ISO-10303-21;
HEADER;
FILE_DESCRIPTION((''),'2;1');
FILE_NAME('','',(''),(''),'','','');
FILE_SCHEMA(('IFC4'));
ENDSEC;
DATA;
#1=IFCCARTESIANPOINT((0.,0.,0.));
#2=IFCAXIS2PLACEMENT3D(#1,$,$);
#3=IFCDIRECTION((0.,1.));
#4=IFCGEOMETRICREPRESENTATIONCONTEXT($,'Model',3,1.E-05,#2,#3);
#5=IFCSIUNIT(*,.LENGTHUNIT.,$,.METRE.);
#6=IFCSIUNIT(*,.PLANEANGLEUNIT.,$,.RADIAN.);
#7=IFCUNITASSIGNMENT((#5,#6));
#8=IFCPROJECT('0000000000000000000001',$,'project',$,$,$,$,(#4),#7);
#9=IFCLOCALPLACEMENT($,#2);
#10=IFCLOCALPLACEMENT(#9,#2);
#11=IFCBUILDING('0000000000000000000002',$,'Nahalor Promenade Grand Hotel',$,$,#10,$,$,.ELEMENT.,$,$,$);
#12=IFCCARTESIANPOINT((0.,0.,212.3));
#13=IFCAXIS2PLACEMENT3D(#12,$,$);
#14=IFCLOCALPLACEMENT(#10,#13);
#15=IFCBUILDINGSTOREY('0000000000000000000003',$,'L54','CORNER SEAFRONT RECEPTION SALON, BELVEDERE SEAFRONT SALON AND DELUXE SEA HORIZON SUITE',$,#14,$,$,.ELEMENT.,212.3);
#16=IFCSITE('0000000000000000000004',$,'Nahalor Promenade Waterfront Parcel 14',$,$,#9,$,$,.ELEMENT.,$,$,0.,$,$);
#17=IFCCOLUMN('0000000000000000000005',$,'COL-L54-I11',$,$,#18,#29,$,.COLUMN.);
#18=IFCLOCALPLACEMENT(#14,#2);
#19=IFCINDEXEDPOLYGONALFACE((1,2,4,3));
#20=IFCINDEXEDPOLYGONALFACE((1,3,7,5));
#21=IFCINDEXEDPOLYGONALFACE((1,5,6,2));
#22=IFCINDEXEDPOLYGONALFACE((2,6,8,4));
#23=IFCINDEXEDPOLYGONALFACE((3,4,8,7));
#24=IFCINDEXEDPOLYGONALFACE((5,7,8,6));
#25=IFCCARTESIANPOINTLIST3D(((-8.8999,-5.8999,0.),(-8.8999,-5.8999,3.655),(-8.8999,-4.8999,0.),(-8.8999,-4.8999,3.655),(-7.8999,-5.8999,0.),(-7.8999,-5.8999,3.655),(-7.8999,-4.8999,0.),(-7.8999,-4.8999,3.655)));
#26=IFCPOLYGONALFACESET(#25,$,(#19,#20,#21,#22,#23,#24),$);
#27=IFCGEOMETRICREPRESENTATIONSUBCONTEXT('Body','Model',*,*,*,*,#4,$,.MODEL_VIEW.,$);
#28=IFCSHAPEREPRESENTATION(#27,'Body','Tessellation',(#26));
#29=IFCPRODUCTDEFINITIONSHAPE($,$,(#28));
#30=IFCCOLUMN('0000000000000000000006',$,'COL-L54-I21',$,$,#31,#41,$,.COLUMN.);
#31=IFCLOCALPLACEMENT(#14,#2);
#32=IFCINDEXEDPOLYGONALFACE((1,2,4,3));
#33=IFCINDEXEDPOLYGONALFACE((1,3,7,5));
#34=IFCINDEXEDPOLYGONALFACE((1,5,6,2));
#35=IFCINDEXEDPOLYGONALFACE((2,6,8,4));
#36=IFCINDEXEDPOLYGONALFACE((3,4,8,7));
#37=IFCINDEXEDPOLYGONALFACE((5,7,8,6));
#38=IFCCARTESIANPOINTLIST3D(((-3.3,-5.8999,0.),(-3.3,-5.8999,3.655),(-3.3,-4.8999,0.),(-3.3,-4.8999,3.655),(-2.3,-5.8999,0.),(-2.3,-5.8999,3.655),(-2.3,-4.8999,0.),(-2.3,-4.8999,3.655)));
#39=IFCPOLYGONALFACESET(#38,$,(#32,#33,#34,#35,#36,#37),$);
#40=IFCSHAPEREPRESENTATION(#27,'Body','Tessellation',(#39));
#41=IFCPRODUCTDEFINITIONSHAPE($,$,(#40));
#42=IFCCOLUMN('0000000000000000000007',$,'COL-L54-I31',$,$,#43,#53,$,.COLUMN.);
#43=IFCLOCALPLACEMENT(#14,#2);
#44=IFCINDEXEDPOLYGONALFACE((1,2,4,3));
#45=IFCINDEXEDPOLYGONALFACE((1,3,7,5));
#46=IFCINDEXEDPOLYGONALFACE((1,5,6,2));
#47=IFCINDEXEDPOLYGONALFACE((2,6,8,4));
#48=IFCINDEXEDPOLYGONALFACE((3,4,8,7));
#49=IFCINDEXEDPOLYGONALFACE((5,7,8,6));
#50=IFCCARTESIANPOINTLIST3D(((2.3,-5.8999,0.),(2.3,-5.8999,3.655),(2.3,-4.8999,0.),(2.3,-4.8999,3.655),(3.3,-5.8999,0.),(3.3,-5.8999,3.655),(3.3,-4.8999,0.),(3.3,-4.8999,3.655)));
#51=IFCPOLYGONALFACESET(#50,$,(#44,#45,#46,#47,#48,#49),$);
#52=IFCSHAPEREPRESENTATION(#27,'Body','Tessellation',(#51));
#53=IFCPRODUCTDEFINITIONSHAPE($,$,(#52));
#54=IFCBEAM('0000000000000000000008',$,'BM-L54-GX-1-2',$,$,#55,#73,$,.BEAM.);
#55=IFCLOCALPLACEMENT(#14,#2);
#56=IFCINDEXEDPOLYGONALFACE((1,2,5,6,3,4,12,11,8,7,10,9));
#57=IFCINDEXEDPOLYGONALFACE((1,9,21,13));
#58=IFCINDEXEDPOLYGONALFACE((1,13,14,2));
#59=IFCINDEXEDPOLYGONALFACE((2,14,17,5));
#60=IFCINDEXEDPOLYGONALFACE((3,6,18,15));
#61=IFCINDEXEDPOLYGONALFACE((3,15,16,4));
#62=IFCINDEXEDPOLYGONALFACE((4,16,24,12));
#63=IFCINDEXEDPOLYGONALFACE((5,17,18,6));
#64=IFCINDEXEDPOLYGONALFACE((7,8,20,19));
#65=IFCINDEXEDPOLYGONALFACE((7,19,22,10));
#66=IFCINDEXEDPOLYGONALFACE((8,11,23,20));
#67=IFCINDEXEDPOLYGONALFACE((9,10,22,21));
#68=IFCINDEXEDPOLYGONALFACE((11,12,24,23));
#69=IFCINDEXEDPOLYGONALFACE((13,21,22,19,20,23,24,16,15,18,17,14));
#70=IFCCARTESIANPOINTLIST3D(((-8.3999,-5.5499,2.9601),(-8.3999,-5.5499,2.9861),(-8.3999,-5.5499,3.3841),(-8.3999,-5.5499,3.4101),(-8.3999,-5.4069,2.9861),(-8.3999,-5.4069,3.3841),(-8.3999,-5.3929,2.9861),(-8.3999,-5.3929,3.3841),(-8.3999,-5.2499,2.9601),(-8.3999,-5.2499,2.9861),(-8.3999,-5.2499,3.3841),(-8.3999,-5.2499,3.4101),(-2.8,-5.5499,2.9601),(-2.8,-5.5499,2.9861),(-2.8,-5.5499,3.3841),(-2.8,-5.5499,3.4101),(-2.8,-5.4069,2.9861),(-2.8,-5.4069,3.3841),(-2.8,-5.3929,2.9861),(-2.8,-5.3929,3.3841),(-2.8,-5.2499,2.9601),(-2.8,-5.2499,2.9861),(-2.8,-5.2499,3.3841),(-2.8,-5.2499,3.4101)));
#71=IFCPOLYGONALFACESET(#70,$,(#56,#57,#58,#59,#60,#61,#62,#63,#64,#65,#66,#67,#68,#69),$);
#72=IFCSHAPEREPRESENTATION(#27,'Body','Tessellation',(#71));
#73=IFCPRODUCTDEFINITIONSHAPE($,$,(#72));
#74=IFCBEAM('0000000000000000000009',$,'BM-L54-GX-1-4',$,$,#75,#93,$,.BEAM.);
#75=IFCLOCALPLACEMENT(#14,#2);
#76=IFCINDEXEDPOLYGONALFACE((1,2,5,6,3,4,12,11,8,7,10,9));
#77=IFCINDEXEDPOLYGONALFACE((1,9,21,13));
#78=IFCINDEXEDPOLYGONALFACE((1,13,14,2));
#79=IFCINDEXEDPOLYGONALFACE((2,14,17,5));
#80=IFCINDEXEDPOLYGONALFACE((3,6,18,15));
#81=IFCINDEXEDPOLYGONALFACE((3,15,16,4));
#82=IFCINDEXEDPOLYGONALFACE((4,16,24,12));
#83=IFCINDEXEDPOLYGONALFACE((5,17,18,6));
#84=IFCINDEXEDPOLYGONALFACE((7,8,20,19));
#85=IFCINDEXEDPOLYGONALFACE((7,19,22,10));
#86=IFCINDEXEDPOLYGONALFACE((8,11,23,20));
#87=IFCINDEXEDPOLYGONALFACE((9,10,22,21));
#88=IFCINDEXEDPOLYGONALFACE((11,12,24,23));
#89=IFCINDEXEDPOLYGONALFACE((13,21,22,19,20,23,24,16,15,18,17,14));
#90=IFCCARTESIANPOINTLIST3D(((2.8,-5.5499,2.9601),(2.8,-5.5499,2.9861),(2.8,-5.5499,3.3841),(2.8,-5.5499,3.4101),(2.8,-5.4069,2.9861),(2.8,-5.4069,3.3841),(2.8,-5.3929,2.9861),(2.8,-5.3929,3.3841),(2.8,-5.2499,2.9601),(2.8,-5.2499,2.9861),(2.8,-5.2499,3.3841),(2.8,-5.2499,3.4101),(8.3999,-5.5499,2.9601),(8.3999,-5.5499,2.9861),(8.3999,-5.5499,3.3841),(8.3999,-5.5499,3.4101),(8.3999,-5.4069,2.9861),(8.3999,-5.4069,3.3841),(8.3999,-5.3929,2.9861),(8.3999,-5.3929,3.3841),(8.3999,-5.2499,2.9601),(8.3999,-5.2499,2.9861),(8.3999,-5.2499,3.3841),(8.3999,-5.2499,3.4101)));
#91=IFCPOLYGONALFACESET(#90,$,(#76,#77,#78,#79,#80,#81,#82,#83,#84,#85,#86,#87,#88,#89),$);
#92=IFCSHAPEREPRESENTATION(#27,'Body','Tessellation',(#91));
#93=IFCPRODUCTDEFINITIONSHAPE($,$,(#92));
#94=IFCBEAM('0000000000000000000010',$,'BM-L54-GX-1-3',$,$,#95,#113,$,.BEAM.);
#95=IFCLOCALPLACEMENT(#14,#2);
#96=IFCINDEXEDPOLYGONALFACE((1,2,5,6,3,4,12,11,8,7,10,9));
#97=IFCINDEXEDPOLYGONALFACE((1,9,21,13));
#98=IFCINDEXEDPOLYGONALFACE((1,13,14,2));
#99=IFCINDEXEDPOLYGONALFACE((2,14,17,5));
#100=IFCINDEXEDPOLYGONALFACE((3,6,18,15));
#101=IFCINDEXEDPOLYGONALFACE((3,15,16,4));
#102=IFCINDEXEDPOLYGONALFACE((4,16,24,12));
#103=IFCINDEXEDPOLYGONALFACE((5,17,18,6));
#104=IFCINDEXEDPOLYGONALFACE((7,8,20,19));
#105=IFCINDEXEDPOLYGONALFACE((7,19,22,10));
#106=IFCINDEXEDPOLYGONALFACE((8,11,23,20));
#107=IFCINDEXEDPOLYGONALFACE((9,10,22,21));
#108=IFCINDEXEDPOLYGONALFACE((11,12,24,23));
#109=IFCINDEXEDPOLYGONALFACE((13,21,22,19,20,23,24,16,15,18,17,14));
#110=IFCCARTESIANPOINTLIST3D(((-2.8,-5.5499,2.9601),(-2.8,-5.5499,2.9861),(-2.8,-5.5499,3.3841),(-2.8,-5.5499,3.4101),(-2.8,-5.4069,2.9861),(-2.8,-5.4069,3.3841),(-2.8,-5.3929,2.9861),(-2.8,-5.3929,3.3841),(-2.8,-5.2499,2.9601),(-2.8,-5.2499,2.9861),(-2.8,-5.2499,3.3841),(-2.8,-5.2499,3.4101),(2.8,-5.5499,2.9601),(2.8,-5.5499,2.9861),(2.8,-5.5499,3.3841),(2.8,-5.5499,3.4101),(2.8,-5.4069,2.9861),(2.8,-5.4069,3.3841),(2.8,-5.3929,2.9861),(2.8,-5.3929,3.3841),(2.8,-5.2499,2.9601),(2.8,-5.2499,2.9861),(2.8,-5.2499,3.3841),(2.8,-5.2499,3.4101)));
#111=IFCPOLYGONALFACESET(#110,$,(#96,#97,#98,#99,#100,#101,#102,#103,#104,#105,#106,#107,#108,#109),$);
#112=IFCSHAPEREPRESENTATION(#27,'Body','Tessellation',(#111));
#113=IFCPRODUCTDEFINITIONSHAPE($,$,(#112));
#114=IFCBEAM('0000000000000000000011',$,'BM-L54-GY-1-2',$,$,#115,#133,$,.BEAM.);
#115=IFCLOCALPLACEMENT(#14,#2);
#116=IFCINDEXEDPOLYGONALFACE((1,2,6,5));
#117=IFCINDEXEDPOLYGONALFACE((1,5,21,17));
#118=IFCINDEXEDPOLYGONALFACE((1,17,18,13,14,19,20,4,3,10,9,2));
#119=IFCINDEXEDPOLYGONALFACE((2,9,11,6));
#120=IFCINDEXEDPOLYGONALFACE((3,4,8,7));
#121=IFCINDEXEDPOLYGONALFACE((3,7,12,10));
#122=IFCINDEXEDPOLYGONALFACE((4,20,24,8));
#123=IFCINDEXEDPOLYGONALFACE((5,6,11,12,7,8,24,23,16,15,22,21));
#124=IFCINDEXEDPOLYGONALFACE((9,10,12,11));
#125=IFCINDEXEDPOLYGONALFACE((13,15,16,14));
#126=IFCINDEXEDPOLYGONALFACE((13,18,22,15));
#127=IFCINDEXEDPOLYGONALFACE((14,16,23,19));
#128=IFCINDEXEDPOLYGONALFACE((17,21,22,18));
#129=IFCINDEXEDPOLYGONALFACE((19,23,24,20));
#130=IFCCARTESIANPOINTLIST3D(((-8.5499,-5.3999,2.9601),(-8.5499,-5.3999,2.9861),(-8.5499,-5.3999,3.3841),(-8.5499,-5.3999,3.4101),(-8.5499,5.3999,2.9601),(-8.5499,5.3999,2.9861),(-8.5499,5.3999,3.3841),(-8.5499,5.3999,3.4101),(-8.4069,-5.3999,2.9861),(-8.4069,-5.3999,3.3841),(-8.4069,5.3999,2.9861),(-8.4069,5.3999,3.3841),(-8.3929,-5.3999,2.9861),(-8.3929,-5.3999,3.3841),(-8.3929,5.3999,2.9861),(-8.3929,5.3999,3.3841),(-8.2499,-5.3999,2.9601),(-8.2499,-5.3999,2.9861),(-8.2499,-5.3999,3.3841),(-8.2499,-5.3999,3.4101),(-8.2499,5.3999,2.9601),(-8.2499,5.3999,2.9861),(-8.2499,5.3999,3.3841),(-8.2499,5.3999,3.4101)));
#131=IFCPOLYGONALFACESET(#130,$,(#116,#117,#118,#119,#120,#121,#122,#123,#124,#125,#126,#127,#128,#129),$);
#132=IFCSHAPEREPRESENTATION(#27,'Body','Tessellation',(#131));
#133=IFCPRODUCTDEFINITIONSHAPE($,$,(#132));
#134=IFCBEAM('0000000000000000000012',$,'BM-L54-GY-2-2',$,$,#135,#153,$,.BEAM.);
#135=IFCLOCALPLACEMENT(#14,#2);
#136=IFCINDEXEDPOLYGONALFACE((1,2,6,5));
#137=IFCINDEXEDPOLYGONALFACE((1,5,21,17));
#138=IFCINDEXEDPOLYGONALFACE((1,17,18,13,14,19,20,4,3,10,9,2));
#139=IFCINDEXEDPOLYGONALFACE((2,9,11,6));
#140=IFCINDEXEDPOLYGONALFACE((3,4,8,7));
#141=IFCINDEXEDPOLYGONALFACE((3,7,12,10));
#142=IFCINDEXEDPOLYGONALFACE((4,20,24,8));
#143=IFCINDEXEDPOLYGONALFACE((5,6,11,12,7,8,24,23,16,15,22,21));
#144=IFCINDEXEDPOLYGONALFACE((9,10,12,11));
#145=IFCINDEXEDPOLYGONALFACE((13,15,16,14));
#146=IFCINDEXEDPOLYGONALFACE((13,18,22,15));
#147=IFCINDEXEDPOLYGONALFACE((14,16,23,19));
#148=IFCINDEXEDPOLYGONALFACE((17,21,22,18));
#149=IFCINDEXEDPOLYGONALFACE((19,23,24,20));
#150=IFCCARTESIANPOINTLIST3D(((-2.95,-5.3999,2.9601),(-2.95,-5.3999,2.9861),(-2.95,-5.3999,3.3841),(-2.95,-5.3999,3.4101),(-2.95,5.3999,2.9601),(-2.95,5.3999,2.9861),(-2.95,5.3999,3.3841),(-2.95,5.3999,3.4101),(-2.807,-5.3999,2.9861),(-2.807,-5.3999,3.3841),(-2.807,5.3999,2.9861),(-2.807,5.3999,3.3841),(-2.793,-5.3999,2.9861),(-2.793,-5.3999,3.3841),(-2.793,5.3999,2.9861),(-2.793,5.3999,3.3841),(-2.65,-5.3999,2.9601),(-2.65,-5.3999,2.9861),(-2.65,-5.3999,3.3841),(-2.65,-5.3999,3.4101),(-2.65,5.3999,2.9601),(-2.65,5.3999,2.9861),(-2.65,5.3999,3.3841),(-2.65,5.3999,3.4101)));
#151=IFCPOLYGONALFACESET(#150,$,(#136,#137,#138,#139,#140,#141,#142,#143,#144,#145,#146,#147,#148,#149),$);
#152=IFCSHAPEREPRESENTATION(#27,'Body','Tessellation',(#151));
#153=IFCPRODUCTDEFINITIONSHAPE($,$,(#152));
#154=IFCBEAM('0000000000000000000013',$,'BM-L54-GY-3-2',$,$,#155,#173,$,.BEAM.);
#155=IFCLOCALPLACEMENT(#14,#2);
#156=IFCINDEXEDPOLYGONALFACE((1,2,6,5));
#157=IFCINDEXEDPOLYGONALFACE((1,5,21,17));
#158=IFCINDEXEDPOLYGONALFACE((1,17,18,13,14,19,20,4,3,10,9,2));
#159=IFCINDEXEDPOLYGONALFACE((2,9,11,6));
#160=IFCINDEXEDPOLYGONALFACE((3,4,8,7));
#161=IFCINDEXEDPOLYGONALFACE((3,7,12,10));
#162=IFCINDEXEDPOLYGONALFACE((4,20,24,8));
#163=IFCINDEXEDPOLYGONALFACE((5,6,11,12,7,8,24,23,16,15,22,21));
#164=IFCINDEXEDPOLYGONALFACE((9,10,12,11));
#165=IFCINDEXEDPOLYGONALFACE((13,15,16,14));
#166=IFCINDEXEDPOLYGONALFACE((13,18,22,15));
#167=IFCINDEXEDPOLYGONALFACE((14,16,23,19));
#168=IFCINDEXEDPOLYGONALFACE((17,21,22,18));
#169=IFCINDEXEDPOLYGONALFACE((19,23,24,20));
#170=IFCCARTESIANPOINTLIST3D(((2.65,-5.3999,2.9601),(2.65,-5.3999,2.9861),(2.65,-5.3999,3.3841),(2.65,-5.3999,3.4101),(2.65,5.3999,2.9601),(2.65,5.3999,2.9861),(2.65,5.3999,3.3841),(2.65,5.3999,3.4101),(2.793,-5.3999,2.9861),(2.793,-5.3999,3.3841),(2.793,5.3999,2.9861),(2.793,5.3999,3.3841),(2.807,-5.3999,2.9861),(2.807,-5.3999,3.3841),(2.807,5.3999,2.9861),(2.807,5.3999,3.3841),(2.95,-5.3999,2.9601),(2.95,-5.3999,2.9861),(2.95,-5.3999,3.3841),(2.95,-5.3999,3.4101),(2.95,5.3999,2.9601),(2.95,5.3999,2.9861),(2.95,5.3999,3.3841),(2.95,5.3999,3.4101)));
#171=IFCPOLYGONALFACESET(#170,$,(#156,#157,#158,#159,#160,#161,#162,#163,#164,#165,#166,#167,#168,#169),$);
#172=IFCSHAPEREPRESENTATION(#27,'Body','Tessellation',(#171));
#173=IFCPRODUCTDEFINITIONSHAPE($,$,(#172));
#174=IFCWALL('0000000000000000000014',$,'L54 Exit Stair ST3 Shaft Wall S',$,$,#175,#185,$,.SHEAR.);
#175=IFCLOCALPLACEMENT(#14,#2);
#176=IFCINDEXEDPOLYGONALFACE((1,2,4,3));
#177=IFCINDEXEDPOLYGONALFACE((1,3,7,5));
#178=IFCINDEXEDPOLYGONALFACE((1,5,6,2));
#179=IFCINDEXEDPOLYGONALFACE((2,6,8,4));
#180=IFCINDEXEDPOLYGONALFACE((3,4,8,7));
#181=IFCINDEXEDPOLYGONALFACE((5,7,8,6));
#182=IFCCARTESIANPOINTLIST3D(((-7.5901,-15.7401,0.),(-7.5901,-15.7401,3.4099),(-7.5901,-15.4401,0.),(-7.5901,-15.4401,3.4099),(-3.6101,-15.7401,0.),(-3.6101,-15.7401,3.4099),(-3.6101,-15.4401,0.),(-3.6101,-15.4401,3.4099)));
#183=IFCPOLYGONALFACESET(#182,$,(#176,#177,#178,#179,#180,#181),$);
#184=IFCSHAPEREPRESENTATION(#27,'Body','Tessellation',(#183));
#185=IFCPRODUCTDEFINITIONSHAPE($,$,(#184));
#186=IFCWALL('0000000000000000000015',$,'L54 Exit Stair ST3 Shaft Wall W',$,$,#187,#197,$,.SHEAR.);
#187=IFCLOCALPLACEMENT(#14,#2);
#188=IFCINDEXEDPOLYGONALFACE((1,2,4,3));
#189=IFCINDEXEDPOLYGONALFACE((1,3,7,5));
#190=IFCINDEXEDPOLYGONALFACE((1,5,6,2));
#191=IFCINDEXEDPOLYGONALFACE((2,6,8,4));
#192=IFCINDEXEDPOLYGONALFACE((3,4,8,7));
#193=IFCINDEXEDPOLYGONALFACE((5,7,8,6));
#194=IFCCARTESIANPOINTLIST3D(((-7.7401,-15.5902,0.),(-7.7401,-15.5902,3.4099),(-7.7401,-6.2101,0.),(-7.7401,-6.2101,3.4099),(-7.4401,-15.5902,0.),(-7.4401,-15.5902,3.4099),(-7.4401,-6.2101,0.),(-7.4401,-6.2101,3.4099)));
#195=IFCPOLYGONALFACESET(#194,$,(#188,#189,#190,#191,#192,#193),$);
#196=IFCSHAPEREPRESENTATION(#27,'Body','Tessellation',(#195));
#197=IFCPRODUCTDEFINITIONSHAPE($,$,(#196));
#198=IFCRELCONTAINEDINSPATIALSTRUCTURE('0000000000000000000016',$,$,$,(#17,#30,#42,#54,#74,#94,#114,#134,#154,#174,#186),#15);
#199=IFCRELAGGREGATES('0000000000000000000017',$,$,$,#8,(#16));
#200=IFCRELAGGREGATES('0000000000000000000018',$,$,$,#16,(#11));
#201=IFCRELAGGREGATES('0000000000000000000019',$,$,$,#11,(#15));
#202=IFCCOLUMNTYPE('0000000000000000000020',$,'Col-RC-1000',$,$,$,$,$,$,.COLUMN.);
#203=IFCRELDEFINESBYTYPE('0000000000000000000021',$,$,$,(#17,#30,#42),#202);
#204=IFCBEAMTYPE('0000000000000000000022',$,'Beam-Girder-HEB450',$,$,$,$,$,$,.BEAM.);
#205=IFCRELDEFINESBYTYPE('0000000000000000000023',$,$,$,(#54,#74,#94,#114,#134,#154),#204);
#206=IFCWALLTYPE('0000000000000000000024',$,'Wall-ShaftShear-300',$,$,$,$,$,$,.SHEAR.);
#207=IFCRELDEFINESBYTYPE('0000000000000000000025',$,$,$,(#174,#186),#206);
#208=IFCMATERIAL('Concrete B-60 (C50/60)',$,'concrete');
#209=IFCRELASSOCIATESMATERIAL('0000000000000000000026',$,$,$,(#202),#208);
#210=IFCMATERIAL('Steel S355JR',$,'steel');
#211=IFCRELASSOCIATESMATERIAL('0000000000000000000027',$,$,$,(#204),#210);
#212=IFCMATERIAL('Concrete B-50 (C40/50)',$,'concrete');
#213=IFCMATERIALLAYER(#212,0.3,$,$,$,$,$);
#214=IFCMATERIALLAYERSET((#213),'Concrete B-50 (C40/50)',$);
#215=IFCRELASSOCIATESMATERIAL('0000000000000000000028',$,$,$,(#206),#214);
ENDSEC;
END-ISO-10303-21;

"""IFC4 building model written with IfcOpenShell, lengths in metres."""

from ifc_helpers import new_model, si_unit, direction, frame, frame_2d, origin, origin_2d, place, context, subcontext, project, spatial, rectangle, i_section, extrude, source, transform, mapped, material, layer, layer_set, material_profile, profile_set, type_object, element, save


model = new_model("IFC4")

# Units and contexts
model_context = context("Model", 3, precision=1e-05, world=origin(), true_north=direction((0.0, 1.0)))
body_context = subcontext(model_context, "Body", "Model", "MODEL_VIEW")
ifc_project = project(units=[si_unit("LENGTHUNIT", "METRE"), si_unit("PLANEANGLEUNIT", "RADIAN")], contexts=[model_context])

# Site, building, storey
site_placement = place(None, origin())
site = spatial("IfcSite", under=ifc_project, at=site_placement, Name="Nahalor Promenade Waterfront Parcel 14", CompositionType="ELEMENT", RefElevation=0.0)
building_placement = place(site_placement, origin())
building = spatial("IfcBuilding", under=site, at=building_placement, Name="Nahalor Promenade Grand Hotel", CompositionType="ELEMENT")
storey_placement = place(building_placement, frame((0.0, 0.0, 212.3)))
storey = spatial("IfcBuildingStorey", under=building, at=storey_placement, Name="L54", Description="CORNER SEAFRONT RECEPTION SALON, BELVEDERE SEAFRONT SALON AND DELUXE SEA HORIZON SUITE", CompositionType="ELEMENT", Elevation=212.3)

# Columns
ifc_material_1 = material(Name="Concrete B-60 (C50/60)", Category="concrete")
ifc_material_profile_1 = material_profile(ifc_material_1, rectangle(XDim=1.0, YDim=1.0, at=origin_2d()), Name="RC 1000x1000")
ifc_profile_set_1 = profile_set([ifc_material_profile_1], Name="Concrete B-60 (C50/60)")
column_type = type_object("IfcColumnType", Name="Col-RC-1000", PredefinedType="COLUMN", material=ifc_profile_set_1)
shared_shape_1 = source(origin(), body_context, "Body", "SweptSolid", [
    extrude(rectangle(XDim=1.0, YDim=1.0, at=origin_2d()), origin(), (0.0, 0.0, 1.0), 3.655),
])
for number, where, z_axis, x_axis, name in (
    (1, (-8.3999, -5.3999, 0.0), (0.0, 0.0, 1.0), (1.0, 0.0, 0.0), "COL-L54-I11"),
    (2, (-2.8, -5.3999, 0.0), (0.0, 0.0, 1.0), (1.0, 0.0, 0.0), "COL-L54-I21"),
    (3, (2.8, -5.3999, 0.0), (0.0, 0.0, 1.0), (1.0, 0.0, 0.0), "COL-L54-I31"),
):
    element("IfcColumn", number, at=place(storey_placement, frame(where, z_axis=z_axis, x_axis=x_axis)), inside=storey, type_object=column_type, Name=name, PredefinedType="COLUMN", context=body_context, shape_type="MappedRepresentation", body=[
        mapped(shared_shape_1, transform((0.0, 0.0, 0.0), scale=1.0)),
    ])

# Beams
ifc_material_2 = material(Name="Steel S355JR", Category="steel")
ifc_material_profile_2 = material_profile(ifc_material_2, i_section(OverallWidth=0.3, OverallDepth=0.45, WebThickness=0.014, FlangeThickness=0.026, at=origin_2d()), Name="HEB 450")
ifc_profile_set_2 = profile_set([ifc_material_profile_2], Name="Steel S355JR")
beam_type = type_object("IfcBeamType", Name="Beam-Girder-HEB450", PredefinedType="BEAM", material=ifc_profile_set_2)
shared_shape_2 = source(origin(), body_context, "Body", "SweptSolid", [
    extrude(i_section(OverallWidth=0.3, OverallDepth=0.45, WebThickness=0.014, FlangeThickness=0.026, at=origin_2d()), origin(), (0.0, 0.0, 1.0), 5.5999),
])
for number, where, z_axis, x_axis, name in (
    (4, (-8.3999, -5.3999, 3.1851), (1.0, 0.0, 0.0), (0.0, 1.0, 0.0), "BM-L54-GX-1-2"),
    (5, (2.8, -5.3999, 3.1851), (1.0, 0.0, 0.0), (0.0, 1.0, 0.0), "BM-L54-GX-1-4"),
):
    element("IfcBeam", number, at=place(storey_placement, frame(where, z_axis=z_axis, x_axis=x_axis)), inside=storey, type_object=beam_type, Name=name, PredefinedType="BEAM", context=body_context, shape_type="MappedRepresentation", body=[
        mapped(shared_shape_2, transform((0.0, 0.0, 0.0), scale=1.0)),
    ])
shared_shape_3 = source(origin(), body_context, "Body", "SweptSolid", [
    extrude(i_section(OverallWidth=0.3, OverallDepth=0.45, WebThickness=0.014, FlangeThickness=0.026, at=origin_2d()), origin(), (0.0, 0.0, 1.0), 5.6001),
])
beam_placement = place(storey_placement, frame((-2.8, -5.3999, 3.1851), z_axis=(1.0, 0.0, 0.0), x_axis=(0.0, 1.0, 0.0)))
element("IfcBeam", 6, at=beam_placement, inside=storey, type_object=beam_type, Name="BM-L54-GX-1-3", PredefinedType="BEAM", context=body_context, shape_type="MappedRepresentation", body=[
    mapped(shared_shape_3, transform((0.0, 0.0, 0.0), scale=1.0)),
])
shared_shape_4 = source(origin(), body_context, "Body", "SweptSolid", [
    extrude(i_section(OverallWidth=0.3, OverallDepth=0.45, WebThickness=0.014, FlangeThickness=0.026, at=origin_2d()), origin(), (0.0, 0.0, 1.0), 10.7998),
])
for number, where, z_axis, x_axis, name in (
    (7, (-8.3999, -5.3999, 3.1851), (0.0, 1.0, 0.0), (-1.0, 0.0, 0.0), "BM-L54-GY-1-2"),
    (8, (-2.8, -5.3999, 3.1851), (0.0, 1.0, 0.0), (-1.0, 0.0, 0.0), "BM-L54-GY-2-2"),
    (9, (2.8, -5.3999, 3.1851), (0.0, 1.0, 0.0), (-1.0, 0.0, 0.0), "BM-L54-GY-3-2"),
):
    element("IfcBeam", number, at=place(storey_placement, frame(where, z_axis=z_axis, x_axis=x_axis)), inside=storey, type_object=beam_type, Name=name, PredefinedType="BEAM", context=body_context, shape_type="MappedRepresentation", body=[
        mapped(shared_shape_4, transform((0.0, 0.0, 0.0), scale=1.0)),
    ])

# Wall
ifc_material_3 = material(Name="Concrete B-50 (C40/50)", Category="concrete")
ifc_layer_1 = layer(ifc_material_3, 0.3)
ifc_layer_set_1 = layer_set([ifc_layer_1], Name="Concrete B-50 (C40/50)")
wall_type_1 = type_object("IfcWallType", Name="Wall-ShaftShear-300", PredefinedType="SHEAR", material=ifc_layer_set_1)
shared_shape_5 = source(origin(), body_context, "Body", "SweptSolid", [
    extrude(rectangle(XDim=3.98, YDim=0.3, at=frame_2d((1.99, 0.0))), origin(), (0.0, 0.0, 1.0), 3.4099),
])
wall_1_placement = place(storey_placement, frame((-7.5901, -15.5901, 0.0), z_axis=(0.0, 0.0, 1.0), x_axis=(1.0, 0.0, 0.0)))
element("IfcWall", 10, at=wall_1_placement, inside=storey, type_object=wall_type_1, Name="L54 Exit Stair ST3 Shaft Wall S", PredefinedType="SHEAR", context=body_context, shape_type="MappedRepresentation", body=[
    mapped(shared_shape_5, transform((0.0, 0.0, 0.0), scale=1.0)),
])

# Wall
shared_shape_6 = source(origin(), body_context, "Body", "SweptSolid", [
    extrude(rectangle(XDim=9.3801, YDim=0.3, at=frame_2d((4.6899, 0.0))), origin(), (0.0, 0.0, 1.0), 3.4099),
])
for number, where, z_axis, x_axis, name in (
    (11, (-7.5901, -15.5901, 0.0), (0.0, 0.0, 1.0), (0.0, 1.0, 0.0), "L54 Exit Stair ST3 Shaft Wall W"),
):
    element("IfcWall", number, at=place(storey_placement, frame(where, z_axis=z_axis, x_axis=x_axis)), inside=storey, type_object=wall_type_1, Name=name, PredefinedType="SHEAR", context=body_context, shape_type="MappedRepresentation", body=[
        mapped(shared_shape_6, transform((0.0, 0.0, 0.0), scale=1.0)),
    ])

save(model, "model.ifc")
